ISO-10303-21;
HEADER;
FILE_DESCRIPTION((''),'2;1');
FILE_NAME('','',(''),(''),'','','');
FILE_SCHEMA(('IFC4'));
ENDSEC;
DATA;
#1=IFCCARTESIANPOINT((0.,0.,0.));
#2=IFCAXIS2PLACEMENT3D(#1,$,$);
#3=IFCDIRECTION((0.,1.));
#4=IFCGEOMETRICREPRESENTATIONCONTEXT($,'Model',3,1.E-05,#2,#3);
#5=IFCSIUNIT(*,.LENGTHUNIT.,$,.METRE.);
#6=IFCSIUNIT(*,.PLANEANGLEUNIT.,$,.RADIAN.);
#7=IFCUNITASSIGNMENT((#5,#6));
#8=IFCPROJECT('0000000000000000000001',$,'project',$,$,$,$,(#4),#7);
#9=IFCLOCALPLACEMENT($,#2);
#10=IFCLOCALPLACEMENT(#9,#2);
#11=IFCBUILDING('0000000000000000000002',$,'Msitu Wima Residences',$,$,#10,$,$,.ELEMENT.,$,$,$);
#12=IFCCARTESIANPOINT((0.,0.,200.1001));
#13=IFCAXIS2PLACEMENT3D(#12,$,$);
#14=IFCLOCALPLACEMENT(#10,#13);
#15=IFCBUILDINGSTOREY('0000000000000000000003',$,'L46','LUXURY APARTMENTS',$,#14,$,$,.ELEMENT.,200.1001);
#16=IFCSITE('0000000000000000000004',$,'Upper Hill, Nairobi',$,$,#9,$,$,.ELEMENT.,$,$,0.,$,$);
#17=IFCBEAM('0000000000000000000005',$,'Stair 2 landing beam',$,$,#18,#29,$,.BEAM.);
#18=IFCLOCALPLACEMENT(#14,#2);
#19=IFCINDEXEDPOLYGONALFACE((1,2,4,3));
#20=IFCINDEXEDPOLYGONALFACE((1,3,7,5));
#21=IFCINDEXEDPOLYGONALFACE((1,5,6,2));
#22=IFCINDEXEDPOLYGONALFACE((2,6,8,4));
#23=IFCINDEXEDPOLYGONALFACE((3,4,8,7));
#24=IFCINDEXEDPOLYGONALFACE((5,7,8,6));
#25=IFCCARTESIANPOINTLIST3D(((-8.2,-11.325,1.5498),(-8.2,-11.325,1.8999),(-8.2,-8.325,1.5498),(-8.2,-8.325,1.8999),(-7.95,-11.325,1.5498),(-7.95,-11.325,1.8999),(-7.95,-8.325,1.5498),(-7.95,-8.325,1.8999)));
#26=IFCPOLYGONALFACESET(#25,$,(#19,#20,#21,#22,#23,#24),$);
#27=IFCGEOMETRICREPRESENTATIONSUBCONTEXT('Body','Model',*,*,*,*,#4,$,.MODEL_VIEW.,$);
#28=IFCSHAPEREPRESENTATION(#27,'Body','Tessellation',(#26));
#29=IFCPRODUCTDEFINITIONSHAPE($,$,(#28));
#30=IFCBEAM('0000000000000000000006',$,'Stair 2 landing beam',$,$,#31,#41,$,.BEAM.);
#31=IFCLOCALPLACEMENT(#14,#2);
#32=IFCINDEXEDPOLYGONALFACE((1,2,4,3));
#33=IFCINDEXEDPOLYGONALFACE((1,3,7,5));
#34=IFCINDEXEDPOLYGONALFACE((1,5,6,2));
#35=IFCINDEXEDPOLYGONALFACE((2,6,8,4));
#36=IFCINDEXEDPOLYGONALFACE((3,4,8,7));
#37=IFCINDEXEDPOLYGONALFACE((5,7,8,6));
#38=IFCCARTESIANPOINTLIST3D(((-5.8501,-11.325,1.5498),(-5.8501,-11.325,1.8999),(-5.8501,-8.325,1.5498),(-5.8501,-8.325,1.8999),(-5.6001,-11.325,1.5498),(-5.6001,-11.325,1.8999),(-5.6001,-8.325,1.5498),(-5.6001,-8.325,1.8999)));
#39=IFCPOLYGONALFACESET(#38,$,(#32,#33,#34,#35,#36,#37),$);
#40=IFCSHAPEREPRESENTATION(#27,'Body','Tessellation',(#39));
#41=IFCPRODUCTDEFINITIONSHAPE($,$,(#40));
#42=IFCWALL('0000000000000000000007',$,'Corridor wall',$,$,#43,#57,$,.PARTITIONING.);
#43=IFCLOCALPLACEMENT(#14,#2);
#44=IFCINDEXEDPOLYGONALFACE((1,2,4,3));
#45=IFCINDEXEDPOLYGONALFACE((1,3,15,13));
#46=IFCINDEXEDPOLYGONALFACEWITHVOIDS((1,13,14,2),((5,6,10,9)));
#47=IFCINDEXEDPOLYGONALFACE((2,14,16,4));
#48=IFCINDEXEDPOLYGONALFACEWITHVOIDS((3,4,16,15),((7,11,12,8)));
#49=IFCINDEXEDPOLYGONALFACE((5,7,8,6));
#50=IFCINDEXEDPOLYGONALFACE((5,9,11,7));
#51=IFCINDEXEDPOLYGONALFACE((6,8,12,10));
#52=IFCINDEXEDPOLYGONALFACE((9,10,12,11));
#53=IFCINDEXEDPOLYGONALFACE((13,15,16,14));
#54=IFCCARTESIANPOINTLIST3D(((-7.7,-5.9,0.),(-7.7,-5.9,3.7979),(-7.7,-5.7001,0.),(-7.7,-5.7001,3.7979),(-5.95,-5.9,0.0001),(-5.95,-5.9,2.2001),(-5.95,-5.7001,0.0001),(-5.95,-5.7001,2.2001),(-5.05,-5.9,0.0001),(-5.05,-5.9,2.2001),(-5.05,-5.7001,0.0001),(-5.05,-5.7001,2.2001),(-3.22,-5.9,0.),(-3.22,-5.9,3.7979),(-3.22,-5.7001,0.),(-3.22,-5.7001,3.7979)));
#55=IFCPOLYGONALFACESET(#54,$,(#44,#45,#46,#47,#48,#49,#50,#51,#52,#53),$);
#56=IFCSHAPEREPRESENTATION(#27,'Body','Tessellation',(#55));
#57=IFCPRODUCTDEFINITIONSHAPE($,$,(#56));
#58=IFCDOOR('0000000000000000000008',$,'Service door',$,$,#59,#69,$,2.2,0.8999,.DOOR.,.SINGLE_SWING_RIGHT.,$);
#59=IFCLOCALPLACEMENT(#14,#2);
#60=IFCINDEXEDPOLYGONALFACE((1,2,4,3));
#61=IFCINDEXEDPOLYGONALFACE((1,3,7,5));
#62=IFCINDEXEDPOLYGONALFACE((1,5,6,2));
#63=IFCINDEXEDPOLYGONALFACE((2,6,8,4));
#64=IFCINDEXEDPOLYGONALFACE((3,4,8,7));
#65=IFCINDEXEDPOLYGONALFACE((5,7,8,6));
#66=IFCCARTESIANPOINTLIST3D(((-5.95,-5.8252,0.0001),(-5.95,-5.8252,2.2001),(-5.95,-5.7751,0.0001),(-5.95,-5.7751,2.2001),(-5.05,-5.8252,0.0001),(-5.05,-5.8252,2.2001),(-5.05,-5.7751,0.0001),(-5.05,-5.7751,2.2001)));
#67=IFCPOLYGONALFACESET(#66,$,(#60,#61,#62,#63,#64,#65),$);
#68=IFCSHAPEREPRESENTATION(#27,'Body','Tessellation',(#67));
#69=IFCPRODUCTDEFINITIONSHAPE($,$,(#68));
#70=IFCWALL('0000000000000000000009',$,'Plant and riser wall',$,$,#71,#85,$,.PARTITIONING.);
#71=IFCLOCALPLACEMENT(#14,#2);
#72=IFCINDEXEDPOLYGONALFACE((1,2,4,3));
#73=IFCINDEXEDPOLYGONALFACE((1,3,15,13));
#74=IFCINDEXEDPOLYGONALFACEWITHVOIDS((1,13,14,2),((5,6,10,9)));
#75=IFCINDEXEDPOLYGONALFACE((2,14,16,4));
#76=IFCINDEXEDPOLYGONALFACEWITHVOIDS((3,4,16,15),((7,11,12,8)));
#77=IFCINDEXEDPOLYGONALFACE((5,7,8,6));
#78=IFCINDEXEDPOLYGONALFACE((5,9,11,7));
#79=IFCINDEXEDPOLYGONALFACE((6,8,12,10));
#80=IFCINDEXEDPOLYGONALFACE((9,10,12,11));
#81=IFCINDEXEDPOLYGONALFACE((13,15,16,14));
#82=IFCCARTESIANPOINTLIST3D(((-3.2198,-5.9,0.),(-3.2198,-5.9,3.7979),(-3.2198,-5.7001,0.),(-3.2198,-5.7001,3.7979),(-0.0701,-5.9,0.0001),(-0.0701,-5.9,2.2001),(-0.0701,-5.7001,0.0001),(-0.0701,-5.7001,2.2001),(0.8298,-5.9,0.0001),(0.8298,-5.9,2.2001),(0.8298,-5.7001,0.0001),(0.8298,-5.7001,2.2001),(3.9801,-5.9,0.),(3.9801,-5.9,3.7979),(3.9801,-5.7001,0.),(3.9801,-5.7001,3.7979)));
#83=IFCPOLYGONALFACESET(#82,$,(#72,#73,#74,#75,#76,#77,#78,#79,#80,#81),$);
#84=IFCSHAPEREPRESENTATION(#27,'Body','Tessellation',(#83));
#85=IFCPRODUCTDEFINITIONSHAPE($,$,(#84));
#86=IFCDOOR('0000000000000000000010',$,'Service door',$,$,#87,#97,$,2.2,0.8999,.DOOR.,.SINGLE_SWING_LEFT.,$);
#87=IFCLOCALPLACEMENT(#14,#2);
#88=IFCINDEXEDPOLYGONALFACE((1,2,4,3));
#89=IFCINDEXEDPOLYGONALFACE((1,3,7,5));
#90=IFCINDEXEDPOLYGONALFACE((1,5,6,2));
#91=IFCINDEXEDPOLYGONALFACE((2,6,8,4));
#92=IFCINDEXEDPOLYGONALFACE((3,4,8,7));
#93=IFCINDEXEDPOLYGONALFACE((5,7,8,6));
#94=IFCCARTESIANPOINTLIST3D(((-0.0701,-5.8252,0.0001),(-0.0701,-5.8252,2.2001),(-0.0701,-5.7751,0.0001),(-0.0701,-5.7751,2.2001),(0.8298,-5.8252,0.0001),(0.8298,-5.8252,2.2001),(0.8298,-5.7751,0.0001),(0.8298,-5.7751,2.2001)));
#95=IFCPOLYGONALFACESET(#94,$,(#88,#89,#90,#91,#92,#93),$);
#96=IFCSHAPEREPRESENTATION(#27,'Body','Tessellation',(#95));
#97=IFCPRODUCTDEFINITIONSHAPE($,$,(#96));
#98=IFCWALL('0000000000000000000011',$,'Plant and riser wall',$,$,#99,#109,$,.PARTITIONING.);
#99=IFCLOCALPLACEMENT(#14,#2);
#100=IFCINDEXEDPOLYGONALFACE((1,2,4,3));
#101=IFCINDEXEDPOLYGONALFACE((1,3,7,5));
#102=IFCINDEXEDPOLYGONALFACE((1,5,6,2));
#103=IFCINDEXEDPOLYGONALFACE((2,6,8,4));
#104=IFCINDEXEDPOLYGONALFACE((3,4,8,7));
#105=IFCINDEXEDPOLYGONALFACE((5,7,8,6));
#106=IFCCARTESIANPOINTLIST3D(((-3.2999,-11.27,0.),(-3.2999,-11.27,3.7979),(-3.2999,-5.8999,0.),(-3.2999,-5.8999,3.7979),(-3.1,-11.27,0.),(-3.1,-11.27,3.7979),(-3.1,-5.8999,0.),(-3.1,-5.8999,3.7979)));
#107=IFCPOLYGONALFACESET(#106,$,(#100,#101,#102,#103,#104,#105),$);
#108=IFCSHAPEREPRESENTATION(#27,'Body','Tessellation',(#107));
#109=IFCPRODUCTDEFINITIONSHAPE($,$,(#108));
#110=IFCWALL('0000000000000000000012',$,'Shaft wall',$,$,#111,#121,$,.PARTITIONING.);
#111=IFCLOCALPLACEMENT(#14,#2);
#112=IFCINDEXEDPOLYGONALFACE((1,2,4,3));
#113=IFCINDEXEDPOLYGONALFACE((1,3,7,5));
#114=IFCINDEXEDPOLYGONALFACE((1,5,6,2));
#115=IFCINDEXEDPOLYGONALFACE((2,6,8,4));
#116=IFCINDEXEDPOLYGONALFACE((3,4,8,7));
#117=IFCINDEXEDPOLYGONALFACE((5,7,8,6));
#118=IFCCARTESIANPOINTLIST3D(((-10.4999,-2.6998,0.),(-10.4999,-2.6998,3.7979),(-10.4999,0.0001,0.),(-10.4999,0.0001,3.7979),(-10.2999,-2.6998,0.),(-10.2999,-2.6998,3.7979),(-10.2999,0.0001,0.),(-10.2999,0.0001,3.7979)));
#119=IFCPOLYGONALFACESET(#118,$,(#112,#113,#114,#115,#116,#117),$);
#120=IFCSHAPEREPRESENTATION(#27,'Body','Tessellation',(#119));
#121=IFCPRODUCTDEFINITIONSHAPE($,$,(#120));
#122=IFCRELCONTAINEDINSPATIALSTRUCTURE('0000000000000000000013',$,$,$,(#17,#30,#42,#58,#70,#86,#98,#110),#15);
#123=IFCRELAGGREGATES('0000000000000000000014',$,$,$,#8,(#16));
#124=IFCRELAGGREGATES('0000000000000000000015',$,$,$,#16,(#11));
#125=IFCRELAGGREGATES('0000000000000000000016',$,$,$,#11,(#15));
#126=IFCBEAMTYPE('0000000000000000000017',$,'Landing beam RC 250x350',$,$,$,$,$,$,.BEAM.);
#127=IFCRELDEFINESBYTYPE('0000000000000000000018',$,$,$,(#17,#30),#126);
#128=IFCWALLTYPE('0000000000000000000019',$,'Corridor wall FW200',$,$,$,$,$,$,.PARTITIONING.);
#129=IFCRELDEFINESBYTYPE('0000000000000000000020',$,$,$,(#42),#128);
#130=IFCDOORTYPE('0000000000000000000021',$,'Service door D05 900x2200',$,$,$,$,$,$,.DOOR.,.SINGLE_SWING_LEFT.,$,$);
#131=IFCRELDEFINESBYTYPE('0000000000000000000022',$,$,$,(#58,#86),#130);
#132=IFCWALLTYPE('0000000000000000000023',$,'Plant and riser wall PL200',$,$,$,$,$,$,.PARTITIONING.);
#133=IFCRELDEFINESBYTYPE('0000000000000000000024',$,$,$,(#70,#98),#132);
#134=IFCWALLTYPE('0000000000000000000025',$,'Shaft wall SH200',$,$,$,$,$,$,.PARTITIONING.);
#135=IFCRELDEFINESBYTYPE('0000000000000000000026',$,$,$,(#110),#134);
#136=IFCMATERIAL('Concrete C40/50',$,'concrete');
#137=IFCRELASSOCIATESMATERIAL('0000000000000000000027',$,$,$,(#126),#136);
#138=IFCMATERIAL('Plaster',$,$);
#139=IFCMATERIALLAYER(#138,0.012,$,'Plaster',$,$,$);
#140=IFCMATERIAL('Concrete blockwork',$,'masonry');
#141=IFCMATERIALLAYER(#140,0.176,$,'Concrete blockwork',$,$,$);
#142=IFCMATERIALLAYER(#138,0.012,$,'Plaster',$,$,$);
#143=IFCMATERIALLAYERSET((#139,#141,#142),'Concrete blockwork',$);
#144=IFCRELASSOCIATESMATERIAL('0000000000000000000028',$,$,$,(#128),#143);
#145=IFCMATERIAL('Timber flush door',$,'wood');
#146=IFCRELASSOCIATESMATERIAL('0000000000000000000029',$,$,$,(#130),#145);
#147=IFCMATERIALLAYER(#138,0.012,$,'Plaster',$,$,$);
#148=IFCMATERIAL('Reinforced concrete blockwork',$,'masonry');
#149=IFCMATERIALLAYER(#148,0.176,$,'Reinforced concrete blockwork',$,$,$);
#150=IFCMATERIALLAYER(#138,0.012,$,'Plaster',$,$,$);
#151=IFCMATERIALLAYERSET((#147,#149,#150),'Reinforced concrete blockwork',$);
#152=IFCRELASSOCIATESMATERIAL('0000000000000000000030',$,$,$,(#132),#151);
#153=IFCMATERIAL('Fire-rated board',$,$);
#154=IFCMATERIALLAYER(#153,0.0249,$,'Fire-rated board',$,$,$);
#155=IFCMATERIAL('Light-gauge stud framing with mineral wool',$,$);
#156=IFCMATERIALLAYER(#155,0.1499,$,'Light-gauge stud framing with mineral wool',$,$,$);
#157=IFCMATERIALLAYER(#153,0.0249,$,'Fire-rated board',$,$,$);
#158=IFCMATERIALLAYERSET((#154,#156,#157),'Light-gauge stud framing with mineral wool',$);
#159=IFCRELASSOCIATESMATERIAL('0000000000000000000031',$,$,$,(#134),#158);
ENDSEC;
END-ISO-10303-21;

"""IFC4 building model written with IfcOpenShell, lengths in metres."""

from ifc_helpers import new_model, si_unit, direction, frame, frame_2d, origin, origin_2d, place, context, subcontext, project, spatial, rectangle, extrude, material, layer, layer_set, material_profile, profile_set, type_object, element, fill, save


model = new_model("IFC4")

# Units and contexts
model_context = context("Model", 3, precision=1e-05, world=origin(), true_north=direction((0.0, 1.0)))
body_context = subcontext(model_context, "Body", "Model", "MODEL_VIEW")
ifc_project = project(units=[si_unit("LENGTHUNIT", "METRE"), si_unit("PLANEANGLEUNIT", "RADIAN")], contexts=[model_context])

# Site, building, storey
site_placement = place(None, origin())
site = spatial("IfcSite", under=ifc_project, at=site_placement, Name="Upper Hill, Nairobi", CompositionType="ELEMENT", RefElevation=0.0)
building_placement = place(site_placement, origin())
building = spatial("IfcBuilding", under=site, at=building_placement, Name="Msitu Wima Residences", CompositionType="ELEMENT")
storey_placement = place(building_placement, frame((0.0, 0.0, 200.1001)))
storey = spatial("IfcBuildingStorey", under=building, at=storey_placement, Name="L46", Description="LUXURY APARTMENTS", CompositionType="ELEMENT", Elevation=200.1001)

# Beams
ifc_material_1 = material(Name="Concrete C40/50", Category="concrete")
ifc_material_profile = material_profile(ifc_material_1, rectangle(XDim=0.25, YDim=0.3501, at=origin_2d()), Name="RC 250x350")
ifc_profile_set = profile_set([ifc_material_profile], Name="Concrete C40/50")
beam_type = type_object("IfcBeamType", Name="Landing beam RC 250x350", PredefinedType="BEAM", material=ifc_profile_set)
for number, where, z_axis, x_axis, name in (
    (1, (-8.075, -11.325, 1.7249), (0.0, 1.0, 0.0), (-1.0, 0.0, 0.0), "Stair 2 landing beam"),
    (2, (-5.7251, -11.325, 1.7249), (0.0, 1.0, 0.0), (-1.0, 0.0, 0.0), "Stair 2 landing beam"),
):
    element("IfcBeam", number, at=place(storey_placement, frame(where, z_axis=z_axis, x_axis=x_axis)), inside=storey, type_object=beam_type, Name=name, PredefinedType="BEAM", context=body_context, shape_type="SweptSolid", body=[
        extrude(rectangle(XDim=0.25, YDim=0.3501, at=origin_2d()), origin(), (0.0, 0.0, 1.0), 3.0),
    ])

# Walls, openings, doors
ifc_material_2 = material(Name="Plaster")
ifc_layer_1 = layer(ifc_material_2, 0.012, Name="Plaster")
ifc_material_3 = material(Name="Concrete blockwork", Category="masonry")
ifc_layer_2 = layer(ifc_material_3, 0.176, Name="Concrete blockwork")
ifc_layer_3 = layer(ifc_material_2, 0.012, Name="Plaster")
ifc_layer_set_1 = layer_set([ifc_layer_1, ifc_layer_2, ifc_layer_3], Name="Concrete blockwork")
wall_type_1 = type_object("IfcWallType", Name="Corridor wall FW200", PredefinedType="PARTITIONING", material=ifc_layer_set_1)
wall_1_placement = place(storey_placement, frame((-7.7, -5.8, 0.0), z_axis=(0.0, 0.0, 1.0), x_axis=(1.0, 0.0, 0.0)))
wall_1 = element("IfcWall", 3, at=wall_1_placement, inside=storey, type_object=wall_type_1, Name="Corridor wall", PredefinedType="PARTITIONING", context=body_context, shape_type="SweptSolid", body=[
    extrude(rectangle(XDim=4.48, YDim=0.2, at=frame_2d((2.24, 0.0))), origin(), (0.0, 0.0, 1.0), 3.7979),
])
opening_1_placement = place(wall_1_placement, frame((1.75, 0.0, 0.0)))
opening_1 = element("IfcOpeningElement", 4, at=opening_1_placement, cuts=wall_1, PredefinedType="OPENING", context=body_context, shape_type="SweptSolid", body=[
    extrude(rectangle(XDim=0.8999, YDim=2.2, at=frame_2d((0.45, 1.1001))), frame((0.0, 0.1099, 0.0), z_axis=(0.0, -1.0, 0.0), x_axis=(1.0, 0.0, 0.0)), (0.0, 0.0, 1.0), 0.22),
])
ifc_material_4 = material(Name="Timber flush door", Category="wood")
door_type_1 = type_object("IfcDoorType", Name="Service door D05 900x2200", OperationType="SINGLE_SWING_LEFT", PredefinedType="DOOR", material=ifc_material_4)
door_1_placement = place(opening_1_placement, origin())
door_1 = element("IfcDoor", 5, at=door_1_placement, inside=storey, type_object=door_type_1, Name="Service door", OperationType="SINGLE_SWING_RIGHT", OverallHeight=2.2, OverallWidth=0.8999, PredefinedType="DOOR", context=body_context, shape_type="SweptSolid", body=[
    extrude(rectangle(XDim=0.8999, YDim=2.2, at=frame_2d((0.45, 1.1001))), frame((0.0, 0.0249, 0.0), z_axis=(0.0, -1.0, 0.0), x_axis=(1.0, 0.0, 0.0)), (0.0, 0.0, 1.0), 0.05),
])
fill(opening_1, door_1)
ifc_layer_4 = layer(ifc_material_2, 0.012, Name="Plaster")
ifc_material_5 = material(Name="Reinforced concrete blockwork", Category="masonry")
ifc_layer_5 = layer(ifc_material_5, 0.176, Name="Reinforced concrete blockwork")
ifc_layer_6 = layer(ifc_material_2, 0.012, Name="Plaster")
ifc_layer_set_2 = layer_set([ifc_layer_4, ifc_layer_5, ifc_layer_6], Name="Reinforced concrete blockwork")
wall_type_2 = type_object("IfcWallType", Name="Plant and riser wall PL200", PredefinedType="PARTITIONING", material=ifc_layer_set_2)
wall_2_placement = place(storey_placement, frame((-3.22, -5.8, 0.0), z_axis=(0.0, 0.0, 1.0), x_axis=(1.0, 0.0, 0.0)))
wall_2 = element("IfcWall", 6, at=wall_2_placement, inside=storey, type_object=wall_type_2, Name="Plant and riser wall", PredefinedType="PARTITIONING", context=body_context, shape_type="SweptSolid", body=[
    extrude(rectangle(XDim=7.2, YDim=0.2, at=frame_2d((3.6001, 0.0))), origin(), (0.0, 0.0, 1.0), 3.7979),
])
opening_2_placement = place(wall_2_placement, frame((3.1499, 0.0, 0.0)))
opening_2 = element("IfcOpeningElement", 7, at=opening_2_placement, cuts=wall_2, PredefinedType="OPENING", context=body_context, shape_type="SweptSolid", body=[
    extrude(rectangle(XDim=0.8999, YDim=2.2, at=frame_2d((0.45, 1.1001))), frame((0.0, 0.1099, 0.0), z_axis=(0.0, -1.0, 0.0), x_axis=(1.0, 0.0, 0.0)), (0.0, 0.0, 1.0), 0.22),
])
door_2_placement = place(opening_2_placement, origin())
door_2 = element("IfcDoor", 8, at=door_2_placement, inside=storey, type_object=door_type_1, Name="Service door", OperationType="SINGLE_SWING_LEFT", OverallHeight=2.2, OverallWidth=0.8999, PredefinedType="DOOR", context=body_context, shape_type="SweptSolid", body=[
    extrude(rectangle(XDim=0.8999, YDim=2.2, at=frame_2d((0.45, 1.1001))), frame((0.0, 0.0249, 0.0), z_axis=(0.0, -1.0, 0.0), x_axis=(1.0, 0.0, 0.0)), (0.0, 0.0, 1.0), 0.05),
])
fill(opening_2, door_2)

# Walls
wall_3_placement = place(storey_placement, frame((-3.2, -11.27, 0.0), z_axis=(0.0, 0.0, 1.0), x_axis=(0.0, 1.0, 0.0)))
element("IfcWall", 9, at=wall_3_placement, inside=storey, type_object=wall_type_2, Name="Plant and riser wall", PredefinedType="PARTITIONING", context=body_context, shape_type="SweptSolid", body=[
    extrude(rectangle(XDim=5.3701, YDim=0.2, at=frame_2d((2.6851, 0.0))), origin(), (0.0, 0.0, 1.0), 3.7979),
])
ifc_material_6 = material(Name="Fire-rated board")
ifc_layer_7 = layer(ifc_material_6, 0.0249, Name="Fire-rated board")
ifc_material_7 = material(Name="Light-gauge stud framing with mineral wool")
ifc_layer_8 = layer(ifc_material_7, 0.1499, Name="Light-gauge stud framing with mineral wool")
ifc_layer_9 = layer(ifc_material_6, 0.0249, Name="Fire-rated board")
ifc_layer_set_3 = layer_set([ifc_layer_7, ifc_layer_8, ifc_layer_9], Name="Light-gauge stud framing with mineral wool")
wall_type_3 = type_object("IfcWallType", Name="Shaft wall SH200", PredefinedType="PARTITIONING", material=ifc_layer_set_3)
wall_4_placement = place(storey_placement, frame((-10.3999, -2.7, 0.0), z_axis=(0.0, 0.0, 1.0), x_axis=(0.0, 1.0, 0.0)))
element("IfcWall", 10, at=wall_4_placement, inside=storey, type_object=wall_type_3, Name="Shaft wall", PredefinedType="PARTITIONING", context=body_context, shape_type="SweptSolid", body=[
    extrude(rectangle(XDim=2.7, YDim=0.2, at=frame_2d((1.3501, 0.0))), origin(), (0.0, 0.0, 1.0), 3.7979),
])

save(model, "model.ifc")
